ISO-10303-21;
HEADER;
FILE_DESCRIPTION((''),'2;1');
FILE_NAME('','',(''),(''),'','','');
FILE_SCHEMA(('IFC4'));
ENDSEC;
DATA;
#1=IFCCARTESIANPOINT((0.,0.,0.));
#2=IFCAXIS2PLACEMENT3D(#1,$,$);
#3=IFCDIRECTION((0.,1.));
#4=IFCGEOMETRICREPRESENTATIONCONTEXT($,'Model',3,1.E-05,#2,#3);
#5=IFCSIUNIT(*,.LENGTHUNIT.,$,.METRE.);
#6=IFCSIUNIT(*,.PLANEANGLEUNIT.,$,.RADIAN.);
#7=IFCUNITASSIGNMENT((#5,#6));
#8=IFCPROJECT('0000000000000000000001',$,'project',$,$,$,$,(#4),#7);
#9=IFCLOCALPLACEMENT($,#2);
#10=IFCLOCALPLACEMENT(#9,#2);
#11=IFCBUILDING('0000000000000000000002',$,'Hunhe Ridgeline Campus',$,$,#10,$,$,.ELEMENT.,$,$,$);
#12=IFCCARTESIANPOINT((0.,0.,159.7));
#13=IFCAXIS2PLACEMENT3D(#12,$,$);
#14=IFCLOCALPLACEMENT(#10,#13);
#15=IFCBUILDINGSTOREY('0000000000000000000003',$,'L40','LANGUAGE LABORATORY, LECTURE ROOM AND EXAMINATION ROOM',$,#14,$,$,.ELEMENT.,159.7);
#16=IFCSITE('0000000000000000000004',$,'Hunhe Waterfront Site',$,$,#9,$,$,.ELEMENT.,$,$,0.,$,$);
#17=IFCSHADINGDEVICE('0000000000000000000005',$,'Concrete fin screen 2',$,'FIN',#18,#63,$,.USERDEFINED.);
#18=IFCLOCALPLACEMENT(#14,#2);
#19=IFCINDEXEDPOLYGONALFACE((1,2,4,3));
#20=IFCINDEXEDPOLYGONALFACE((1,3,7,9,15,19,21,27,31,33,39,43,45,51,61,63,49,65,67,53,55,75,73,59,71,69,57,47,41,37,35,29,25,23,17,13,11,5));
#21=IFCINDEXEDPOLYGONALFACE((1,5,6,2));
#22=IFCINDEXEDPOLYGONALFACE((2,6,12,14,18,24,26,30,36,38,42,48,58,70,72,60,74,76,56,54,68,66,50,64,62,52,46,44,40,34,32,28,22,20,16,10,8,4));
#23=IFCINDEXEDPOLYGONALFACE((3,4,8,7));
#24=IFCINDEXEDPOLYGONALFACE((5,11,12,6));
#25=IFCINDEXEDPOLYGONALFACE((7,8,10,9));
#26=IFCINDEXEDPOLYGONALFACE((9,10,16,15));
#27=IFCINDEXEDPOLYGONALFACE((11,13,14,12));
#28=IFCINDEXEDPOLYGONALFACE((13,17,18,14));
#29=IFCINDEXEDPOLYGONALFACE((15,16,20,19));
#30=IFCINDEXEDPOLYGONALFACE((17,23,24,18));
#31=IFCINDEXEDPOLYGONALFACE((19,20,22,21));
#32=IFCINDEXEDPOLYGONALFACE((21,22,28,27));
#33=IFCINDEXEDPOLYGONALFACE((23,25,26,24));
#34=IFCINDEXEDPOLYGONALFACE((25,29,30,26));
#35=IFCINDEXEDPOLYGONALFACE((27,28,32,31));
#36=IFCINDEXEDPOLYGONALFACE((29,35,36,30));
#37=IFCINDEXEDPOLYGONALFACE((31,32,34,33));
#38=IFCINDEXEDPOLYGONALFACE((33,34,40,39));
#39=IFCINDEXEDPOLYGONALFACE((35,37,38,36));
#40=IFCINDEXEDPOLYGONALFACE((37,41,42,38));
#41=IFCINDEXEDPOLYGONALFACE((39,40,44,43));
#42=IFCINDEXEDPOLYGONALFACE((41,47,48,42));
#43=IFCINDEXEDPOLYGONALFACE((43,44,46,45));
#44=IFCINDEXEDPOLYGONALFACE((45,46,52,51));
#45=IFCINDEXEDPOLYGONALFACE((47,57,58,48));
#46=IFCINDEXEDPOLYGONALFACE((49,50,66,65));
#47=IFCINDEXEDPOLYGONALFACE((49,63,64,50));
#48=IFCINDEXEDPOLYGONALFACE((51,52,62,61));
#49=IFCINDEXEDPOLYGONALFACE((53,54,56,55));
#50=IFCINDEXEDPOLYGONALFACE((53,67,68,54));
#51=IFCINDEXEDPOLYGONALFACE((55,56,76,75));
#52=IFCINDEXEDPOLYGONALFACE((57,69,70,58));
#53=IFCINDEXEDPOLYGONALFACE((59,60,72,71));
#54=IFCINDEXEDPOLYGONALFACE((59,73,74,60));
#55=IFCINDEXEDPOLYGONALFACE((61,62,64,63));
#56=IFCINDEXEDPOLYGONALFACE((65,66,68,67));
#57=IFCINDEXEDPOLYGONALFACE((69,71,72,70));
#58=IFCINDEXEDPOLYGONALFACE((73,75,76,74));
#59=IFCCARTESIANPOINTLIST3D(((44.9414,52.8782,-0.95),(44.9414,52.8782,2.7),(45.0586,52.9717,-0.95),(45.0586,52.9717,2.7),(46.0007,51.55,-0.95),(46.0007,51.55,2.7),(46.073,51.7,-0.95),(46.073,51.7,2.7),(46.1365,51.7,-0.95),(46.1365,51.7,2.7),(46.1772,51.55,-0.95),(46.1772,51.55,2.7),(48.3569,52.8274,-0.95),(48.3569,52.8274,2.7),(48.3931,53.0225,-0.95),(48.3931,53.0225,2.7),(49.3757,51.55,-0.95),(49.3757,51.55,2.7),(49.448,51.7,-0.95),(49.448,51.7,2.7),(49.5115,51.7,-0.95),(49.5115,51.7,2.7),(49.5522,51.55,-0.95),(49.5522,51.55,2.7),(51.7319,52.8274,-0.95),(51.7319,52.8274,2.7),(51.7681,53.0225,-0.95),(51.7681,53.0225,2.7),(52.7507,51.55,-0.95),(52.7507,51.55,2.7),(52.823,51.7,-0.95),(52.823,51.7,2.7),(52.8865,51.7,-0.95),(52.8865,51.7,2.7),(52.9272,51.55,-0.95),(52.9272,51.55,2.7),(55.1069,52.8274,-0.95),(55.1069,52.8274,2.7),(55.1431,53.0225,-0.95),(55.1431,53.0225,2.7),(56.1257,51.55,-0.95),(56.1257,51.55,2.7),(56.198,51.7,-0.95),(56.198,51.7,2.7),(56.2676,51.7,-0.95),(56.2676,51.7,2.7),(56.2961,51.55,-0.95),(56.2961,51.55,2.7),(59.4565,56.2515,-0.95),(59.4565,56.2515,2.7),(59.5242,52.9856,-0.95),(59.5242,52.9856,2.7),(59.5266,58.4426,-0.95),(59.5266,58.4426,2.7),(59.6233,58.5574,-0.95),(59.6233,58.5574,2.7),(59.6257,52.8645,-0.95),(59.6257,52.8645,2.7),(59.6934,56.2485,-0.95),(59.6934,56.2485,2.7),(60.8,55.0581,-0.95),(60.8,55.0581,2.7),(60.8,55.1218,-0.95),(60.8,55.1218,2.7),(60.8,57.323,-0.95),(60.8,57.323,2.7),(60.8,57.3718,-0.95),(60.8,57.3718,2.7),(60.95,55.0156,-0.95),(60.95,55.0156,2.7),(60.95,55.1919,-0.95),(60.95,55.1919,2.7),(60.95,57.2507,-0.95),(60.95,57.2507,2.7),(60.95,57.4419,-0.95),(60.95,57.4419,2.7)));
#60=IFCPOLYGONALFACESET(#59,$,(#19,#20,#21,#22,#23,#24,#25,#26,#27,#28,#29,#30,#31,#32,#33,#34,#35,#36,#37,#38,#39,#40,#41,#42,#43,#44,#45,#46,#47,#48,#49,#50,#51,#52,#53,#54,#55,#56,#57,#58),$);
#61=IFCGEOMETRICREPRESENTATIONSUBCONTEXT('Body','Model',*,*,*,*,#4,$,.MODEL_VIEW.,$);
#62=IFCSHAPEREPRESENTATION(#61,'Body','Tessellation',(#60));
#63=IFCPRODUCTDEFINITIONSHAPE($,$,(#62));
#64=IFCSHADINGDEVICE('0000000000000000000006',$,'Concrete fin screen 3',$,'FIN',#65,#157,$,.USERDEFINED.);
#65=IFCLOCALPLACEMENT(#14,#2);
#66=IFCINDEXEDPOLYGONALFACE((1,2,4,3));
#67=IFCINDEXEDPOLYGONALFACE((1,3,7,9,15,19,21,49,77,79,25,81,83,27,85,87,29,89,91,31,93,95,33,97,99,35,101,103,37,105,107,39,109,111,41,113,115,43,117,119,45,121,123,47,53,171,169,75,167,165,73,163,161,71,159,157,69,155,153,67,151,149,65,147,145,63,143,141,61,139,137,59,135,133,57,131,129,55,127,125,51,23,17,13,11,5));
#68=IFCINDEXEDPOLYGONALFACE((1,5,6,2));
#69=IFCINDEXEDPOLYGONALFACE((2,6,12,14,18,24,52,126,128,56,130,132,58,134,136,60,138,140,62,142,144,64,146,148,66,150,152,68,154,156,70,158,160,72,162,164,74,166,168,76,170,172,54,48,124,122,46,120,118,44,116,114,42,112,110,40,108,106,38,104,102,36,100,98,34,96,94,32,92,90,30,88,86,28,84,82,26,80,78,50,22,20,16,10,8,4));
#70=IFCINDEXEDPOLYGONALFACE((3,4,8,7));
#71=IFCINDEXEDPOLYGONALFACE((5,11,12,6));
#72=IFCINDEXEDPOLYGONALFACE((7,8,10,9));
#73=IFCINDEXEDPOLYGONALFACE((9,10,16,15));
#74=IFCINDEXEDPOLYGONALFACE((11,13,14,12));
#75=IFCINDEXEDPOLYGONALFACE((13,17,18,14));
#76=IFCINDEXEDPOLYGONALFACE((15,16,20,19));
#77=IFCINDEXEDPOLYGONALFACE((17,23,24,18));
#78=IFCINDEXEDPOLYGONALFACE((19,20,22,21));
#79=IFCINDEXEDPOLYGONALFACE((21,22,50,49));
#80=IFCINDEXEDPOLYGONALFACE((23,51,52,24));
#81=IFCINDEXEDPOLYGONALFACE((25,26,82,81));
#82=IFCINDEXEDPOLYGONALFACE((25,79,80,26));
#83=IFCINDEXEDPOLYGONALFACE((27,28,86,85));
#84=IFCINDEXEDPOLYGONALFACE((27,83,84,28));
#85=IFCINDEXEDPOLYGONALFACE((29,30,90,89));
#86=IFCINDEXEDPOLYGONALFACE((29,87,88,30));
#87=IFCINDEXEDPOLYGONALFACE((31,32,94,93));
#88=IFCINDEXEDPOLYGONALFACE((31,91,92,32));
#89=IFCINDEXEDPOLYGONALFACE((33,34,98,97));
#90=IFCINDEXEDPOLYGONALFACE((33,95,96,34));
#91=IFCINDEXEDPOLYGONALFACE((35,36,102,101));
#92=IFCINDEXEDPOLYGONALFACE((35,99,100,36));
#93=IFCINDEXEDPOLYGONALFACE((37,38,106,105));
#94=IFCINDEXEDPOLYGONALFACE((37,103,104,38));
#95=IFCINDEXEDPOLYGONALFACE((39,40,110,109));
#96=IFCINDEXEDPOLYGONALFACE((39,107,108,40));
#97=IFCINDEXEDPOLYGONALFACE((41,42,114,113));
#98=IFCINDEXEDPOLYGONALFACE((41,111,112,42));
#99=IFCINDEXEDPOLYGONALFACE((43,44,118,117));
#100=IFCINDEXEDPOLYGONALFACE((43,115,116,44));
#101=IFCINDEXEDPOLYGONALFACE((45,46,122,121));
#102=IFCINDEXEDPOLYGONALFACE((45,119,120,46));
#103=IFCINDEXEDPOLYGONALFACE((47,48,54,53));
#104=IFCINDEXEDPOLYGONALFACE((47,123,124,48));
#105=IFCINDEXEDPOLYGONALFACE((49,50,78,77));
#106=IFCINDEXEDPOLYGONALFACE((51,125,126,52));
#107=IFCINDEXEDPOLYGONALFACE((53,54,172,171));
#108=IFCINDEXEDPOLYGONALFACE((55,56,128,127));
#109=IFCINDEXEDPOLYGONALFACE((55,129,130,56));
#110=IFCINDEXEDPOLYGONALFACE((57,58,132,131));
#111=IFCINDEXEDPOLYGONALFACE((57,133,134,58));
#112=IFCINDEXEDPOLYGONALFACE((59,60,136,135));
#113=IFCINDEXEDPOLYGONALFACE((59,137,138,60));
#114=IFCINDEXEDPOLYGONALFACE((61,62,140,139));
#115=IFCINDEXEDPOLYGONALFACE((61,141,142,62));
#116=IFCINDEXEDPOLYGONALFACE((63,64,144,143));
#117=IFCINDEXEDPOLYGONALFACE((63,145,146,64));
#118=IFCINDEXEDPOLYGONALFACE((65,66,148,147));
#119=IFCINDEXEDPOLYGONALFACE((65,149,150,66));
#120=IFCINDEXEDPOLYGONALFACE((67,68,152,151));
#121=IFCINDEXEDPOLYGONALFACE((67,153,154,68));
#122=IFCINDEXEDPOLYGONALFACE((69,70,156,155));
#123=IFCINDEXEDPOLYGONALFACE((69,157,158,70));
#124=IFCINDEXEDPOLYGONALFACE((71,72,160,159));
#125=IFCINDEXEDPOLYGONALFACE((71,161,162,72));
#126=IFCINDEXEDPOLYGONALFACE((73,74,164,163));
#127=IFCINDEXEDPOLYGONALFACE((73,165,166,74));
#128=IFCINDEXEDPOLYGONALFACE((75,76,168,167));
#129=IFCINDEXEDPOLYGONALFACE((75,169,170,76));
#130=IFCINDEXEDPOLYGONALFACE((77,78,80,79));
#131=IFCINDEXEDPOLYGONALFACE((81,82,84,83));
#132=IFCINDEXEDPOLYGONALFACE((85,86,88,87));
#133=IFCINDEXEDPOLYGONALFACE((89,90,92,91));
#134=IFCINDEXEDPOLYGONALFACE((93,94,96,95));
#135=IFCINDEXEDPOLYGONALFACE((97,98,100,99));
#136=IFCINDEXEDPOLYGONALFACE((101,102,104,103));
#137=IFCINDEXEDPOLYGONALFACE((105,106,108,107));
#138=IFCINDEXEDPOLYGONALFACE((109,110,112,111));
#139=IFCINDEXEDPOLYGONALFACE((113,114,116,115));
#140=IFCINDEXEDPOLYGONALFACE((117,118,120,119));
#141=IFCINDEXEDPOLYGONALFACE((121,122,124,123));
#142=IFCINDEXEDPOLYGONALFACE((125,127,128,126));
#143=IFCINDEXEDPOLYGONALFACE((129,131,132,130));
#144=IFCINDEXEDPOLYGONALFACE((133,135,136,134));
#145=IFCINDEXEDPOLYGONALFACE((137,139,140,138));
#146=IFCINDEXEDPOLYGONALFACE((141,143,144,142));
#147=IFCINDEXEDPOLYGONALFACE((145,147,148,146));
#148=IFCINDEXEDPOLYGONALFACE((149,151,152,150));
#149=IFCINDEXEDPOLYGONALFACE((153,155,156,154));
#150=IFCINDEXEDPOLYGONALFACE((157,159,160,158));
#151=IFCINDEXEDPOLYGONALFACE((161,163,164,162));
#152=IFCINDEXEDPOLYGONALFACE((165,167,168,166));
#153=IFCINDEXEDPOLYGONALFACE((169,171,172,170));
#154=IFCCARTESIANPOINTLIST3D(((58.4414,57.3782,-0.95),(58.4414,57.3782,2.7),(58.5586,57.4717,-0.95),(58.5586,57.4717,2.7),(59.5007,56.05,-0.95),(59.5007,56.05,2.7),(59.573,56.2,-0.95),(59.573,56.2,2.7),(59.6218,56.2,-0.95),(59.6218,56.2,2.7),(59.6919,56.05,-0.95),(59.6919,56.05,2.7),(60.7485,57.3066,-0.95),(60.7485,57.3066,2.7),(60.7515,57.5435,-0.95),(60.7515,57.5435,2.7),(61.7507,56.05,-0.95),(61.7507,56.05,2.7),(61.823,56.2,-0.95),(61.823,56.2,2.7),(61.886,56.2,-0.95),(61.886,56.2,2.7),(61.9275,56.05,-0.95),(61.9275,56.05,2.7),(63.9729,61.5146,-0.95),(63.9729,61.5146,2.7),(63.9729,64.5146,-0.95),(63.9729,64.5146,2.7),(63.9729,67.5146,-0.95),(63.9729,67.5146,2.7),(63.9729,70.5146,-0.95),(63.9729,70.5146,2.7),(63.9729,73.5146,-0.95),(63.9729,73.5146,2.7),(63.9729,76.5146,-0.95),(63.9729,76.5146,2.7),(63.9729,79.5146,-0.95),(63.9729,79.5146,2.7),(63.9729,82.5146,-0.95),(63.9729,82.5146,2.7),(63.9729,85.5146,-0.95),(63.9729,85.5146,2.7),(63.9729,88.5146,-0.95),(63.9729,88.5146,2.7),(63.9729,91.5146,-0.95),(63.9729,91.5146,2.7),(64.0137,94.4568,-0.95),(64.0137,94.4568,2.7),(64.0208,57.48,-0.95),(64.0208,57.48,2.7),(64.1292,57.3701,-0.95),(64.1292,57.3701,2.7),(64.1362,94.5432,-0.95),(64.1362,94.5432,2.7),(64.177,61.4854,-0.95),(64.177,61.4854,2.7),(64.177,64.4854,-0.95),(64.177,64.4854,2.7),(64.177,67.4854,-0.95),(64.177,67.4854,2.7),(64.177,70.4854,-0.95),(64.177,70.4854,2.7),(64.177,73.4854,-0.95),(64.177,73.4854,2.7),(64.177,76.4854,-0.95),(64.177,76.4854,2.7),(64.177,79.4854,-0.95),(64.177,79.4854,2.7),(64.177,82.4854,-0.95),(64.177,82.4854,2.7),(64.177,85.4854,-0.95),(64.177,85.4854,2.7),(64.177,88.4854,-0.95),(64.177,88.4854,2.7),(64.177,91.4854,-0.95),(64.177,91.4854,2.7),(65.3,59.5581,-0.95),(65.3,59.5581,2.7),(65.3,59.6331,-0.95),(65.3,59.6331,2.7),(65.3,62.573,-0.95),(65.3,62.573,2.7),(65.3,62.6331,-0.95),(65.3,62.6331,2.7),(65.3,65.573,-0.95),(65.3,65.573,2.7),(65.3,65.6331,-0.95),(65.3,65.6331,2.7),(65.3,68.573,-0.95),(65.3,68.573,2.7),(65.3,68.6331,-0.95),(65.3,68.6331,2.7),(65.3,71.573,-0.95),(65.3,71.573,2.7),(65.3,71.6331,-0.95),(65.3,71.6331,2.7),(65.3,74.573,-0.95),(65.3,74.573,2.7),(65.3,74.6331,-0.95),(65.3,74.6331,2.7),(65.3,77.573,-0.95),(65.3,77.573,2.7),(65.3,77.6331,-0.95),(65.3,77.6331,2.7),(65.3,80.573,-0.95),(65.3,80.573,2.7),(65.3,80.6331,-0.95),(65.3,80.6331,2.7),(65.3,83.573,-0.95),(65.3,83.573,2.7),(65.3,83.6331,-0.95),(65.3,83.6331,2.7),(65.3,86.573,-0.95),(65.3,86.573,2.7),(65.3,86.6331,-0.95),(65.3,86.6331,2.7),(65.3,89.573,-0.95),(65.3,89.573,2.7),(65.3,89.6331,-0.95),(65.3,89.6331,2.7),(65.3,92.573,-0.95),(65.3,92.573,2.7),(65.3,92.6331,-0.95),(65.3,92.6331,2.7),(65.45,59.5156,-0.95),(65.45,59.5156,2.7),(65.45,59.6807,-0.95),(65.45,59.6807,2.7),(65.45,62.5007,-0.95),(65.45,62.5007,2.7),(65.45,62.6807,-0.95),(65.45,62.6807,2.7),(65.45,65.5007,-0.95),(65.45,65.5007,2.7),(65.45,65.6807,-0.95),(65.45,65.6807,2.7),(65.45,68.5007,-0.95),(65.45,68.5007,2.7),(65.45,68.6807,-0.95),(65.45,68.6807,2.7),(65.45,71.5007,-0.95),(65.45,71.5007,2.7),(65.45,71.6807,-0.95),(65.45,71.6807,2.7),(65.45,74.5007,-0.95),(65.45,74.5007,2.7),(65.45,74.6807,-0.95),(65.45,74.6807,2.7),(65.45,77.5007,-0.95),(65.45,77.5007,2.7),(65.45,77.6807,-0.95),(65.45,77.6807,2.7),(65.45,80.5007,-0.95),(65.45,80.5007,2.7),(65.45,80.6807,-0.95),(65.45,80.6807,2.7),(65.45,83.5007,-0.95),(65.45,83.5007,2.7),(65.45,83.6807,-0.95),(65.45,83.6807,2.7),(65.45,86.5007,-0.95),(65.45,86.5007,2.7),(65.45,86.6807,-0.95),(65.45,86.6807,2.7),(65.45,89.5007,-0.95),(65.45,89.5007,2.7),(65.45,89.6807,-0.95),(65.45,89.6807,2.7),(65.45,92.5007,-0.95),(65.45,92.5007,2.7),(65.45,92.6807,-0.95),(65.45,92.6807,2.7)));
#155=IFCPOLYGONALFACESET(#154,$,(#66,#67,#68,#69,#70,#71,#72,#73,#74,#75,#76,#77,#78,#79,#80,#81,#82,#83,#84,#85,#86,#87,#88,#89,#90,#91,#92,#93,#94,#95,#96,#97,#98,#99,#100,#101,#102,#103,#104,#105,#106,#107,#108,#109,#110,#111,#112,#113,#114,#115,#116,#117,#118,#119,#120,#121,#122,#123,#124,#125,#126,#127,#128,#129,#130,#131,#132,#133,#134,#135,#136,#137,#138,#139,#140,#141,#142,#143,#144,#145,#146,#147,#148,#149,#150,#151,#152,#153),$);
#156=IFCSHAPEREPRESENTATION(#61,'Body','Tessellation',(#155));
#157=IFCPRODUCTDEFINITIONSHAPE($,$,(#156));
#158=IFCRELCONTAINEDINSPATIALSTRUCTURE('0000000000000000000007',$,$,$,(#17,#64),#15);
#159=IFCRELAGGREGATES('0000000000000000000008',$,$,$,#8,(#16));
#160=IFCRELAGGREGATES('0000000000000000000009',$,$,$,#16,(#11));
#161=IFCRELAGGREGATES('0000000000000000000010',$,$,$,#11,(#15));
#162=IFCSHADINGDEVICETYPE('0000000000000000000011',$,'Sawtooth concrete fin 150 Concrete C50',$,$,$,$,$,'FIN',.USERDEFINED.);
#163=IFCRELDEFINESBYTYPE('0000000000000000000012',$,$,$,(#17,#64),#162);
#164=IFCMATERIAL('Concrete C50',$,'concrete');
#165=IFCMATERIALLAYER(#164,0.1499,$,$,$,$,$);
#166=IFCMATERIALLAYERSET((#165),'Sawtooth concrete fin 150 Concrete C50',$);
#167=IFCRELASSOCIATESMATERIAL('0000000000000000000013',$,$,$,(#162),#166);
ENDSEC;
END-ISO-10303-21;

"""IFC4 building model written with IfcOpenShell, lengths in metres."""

from ifc_helpers import new_model, si_unit, direction, frame, origin, place, context, subcontext, project, spatial, polyline, outline, extrude, material, layer, layer_set, type_object, element, save


model = new_model("IFC4")

# Units and contexts
model_context = context("Model", 3, precision=1e-05, world=origin(), true_north=direction((0.0, 1.0)))
body_context = subcontext(model_context, "Body", "Model", "MODEL_VIEW")
ifc_project = project(units=[si_unit("LENGTHUNIT", "METRE"), si_unit("PLANEANGLEUNIT", "RADIAN")], contexts=[model_context])

# Site, building, storey
site_placement = place(None, origin())
site = spatial("IfcSite", under=ifc_project, at=site_placement, Name="Hunhe Waterfront Site", CompositionType="ELEMENT", RefElevation=0.0)
building_placement = place(site_placement, origin())
building = spatial("IfcBuilding", under=site, at=building_placement, Name="Hunhe Ridgeline Campus", CompositionType="ELEMENT")
storey_placement = place(building_placement, frame((0.0, 0.0, 159.7)))
storey = spatial("IfcBuildingStorey", under=building, at=storey_placement, Name="L40", Description="LANGUAGE LABORATORY, LECTURE ROOM AND EXAMINATION ROOM", CompositionType="ELEMENT", Elevation=159.7)

# Shading devices
ifc_material_1 = material(Name="Concrete C50", Category="concrete")
ifc_layer_1 = layer(ifc_material_1, 0.1499)
ifc_layer_set_1 = layer_set([ifc_layer_1], Name="Sawtooth concrete fin 150 Concrete C50")
shading_device_type = type_object("IfcShadingDeviceType", Name="Sawtooth concrete fin 150 Concrete C50", ElementType="FIN", PredefinedType="USERDEFINED", material=ifc_layer_set_1)
shading_device_1_placement = place(storey_placement, frame((0.0, 0.0, -0.95)))
element("IfcShadingDevice", 1, at=shading_device_1_placement, inside=storey, type_object=shading_device_type, Name="Concrete fin screen 2", ObjectType="FIN", PredefinedType="USERDEFINED", context=body_context, shape_type="SweptSolid", body=[
    extrude(outline(polyline([(45.0586, 52.9717), (44.9414, 52.8782), (46.0007, 51.55), (46.1772, 51.55), (48.3569, 52.8274), (49.3757, 51.55), (49.5522, 51.55), (51.7319, 52.8274), (52.7507, 51.55), (52.9272, 51.55), (55.1069, 52.8274), (56.1257, 51.55), (56.2961, 51.55), (59.6257, 52.8645), (60.95, 55.0156), (60.95, 55.1919), (59.6934, 56.2485), (60.95, 57.2507), (60.95, 57.4419), (59.6233, 58.5574), (59.5266, 58.4426), (60.8, 57.3718), (60.8, 57.323), (59.4565, 56.2515), (60.8, 55.1218), (60.8, 55.0581), (59.5242, 52.9856), (56.2676, 51.7), (56.198, 51.7), (55.1431, 53.0225), (52.8865, 51.7), (52.823, 51.7), (51.7681, 53.0225), (49.5115, 51.7), (49.448, 51.7), (48.3931, 53.0225), (46.1365, 51.7), (46.073, 51.7), (45.0586, 52.9717)])), origin(), (0.0, 0.0, 1.0), 3.6499),
])
shading_device_2_placement = place(storey_placement, frame((0.0, 0.0, -0.95)))
element("IfcShadingDevice", 2, at=shading_device_2_placement, inside=storey, type_object=shading_device_type, Name="Concrete fin screen 3", ObjectType="FIN", PredefinedType="USERDEFINED", context=body_context, shape_type="SweptSolid", body=[
    extrude(outline(polyline([(58.5586, 57.4717), (58.4414, 57.3782), (59.5007, 56.05), (59.6919, 56.05), (60.7485, 57.3066), (61.7507, 56.05), (61.9275, 56.05), (64.1292, 57.3701), (65.45, 59.5156), (65.45, 59.6807), (64.177, 61.4854), (65.45, 62.5007), (65.45, 62.6807), (64.177, 64.4854), (65.45, 65.5007), (65.45, 65.6807), (64.177, 67.4854), (65.45, 68.5007), (65.45, 68.6807), (64.177, 70.4854), (65.45, 71.5007), (65.45, 71.6807), (64.177, 73.4854), (65.45, 74.5007), (65.45, 74.6807), (64.177, 76.4854), (65.45, 77.5007), (65.45, 77.6807), (64.177, 79.4854), (65.45, 80.5007), (65.45, 80.6807), (64.177, 82.4854), (65.45, 83.5007), (65.45, 83.6807), (64.177, 85.4854), (65.45, 86.5007), (65.45, 86.6807), (64.177, 88.4854), (65.45, 89.5007), (65.45, 89.6807), (64.177, 91.4854), (65.45, 92.5007), (65.45, 92.6807), (64.1362, 94.5432), (64.0137, 94.4568), (65.3, 92.6331), (65.3, 92.573), (63.9729, 91.5146), (65.3, 89.6331), (65.3, 89.573), (63.9729, 88.5146), (65.3, 86.6331), (65.3, 86.573), (63.9729, 85.5146), (65.3, 83.6331), (65.3, 83.573), (63.9729, 82.5146), (65.3, 80.6331), (65.3, 80.573), (63.9729, 79.5146), (65.3, 77.6331), (65.3, 77.573), (63.9729, 76.5146), (65.3, 74.6331), (65.3, 74.573), (63.9729, 73.5146), (65.3, 71.6331), (65.3, 71.573), (63.9729, 70.5146), (65.3, 68.6331), (65.3, 68.573), (63.9729, 67.5146), (65.3, 65.6331), (65.3, 65.573), (63.9729, 64.5146), (65.3, 62.6331), (65.3, 62.573), (63.9729, 61.5146), (65.3, 59.6331), (65.3, 59.5581), (64.0208, 57.48), (61.886, 56.2), (61.823, 56.2), (60.7515, 57.5435), (59.6218, 56.2), (59.573, 56.2), (58.5586, 57.4717)])), origin(), (0.0, 0.0, 1.0), 3.6499),
])

save(model, "model.ifc")
